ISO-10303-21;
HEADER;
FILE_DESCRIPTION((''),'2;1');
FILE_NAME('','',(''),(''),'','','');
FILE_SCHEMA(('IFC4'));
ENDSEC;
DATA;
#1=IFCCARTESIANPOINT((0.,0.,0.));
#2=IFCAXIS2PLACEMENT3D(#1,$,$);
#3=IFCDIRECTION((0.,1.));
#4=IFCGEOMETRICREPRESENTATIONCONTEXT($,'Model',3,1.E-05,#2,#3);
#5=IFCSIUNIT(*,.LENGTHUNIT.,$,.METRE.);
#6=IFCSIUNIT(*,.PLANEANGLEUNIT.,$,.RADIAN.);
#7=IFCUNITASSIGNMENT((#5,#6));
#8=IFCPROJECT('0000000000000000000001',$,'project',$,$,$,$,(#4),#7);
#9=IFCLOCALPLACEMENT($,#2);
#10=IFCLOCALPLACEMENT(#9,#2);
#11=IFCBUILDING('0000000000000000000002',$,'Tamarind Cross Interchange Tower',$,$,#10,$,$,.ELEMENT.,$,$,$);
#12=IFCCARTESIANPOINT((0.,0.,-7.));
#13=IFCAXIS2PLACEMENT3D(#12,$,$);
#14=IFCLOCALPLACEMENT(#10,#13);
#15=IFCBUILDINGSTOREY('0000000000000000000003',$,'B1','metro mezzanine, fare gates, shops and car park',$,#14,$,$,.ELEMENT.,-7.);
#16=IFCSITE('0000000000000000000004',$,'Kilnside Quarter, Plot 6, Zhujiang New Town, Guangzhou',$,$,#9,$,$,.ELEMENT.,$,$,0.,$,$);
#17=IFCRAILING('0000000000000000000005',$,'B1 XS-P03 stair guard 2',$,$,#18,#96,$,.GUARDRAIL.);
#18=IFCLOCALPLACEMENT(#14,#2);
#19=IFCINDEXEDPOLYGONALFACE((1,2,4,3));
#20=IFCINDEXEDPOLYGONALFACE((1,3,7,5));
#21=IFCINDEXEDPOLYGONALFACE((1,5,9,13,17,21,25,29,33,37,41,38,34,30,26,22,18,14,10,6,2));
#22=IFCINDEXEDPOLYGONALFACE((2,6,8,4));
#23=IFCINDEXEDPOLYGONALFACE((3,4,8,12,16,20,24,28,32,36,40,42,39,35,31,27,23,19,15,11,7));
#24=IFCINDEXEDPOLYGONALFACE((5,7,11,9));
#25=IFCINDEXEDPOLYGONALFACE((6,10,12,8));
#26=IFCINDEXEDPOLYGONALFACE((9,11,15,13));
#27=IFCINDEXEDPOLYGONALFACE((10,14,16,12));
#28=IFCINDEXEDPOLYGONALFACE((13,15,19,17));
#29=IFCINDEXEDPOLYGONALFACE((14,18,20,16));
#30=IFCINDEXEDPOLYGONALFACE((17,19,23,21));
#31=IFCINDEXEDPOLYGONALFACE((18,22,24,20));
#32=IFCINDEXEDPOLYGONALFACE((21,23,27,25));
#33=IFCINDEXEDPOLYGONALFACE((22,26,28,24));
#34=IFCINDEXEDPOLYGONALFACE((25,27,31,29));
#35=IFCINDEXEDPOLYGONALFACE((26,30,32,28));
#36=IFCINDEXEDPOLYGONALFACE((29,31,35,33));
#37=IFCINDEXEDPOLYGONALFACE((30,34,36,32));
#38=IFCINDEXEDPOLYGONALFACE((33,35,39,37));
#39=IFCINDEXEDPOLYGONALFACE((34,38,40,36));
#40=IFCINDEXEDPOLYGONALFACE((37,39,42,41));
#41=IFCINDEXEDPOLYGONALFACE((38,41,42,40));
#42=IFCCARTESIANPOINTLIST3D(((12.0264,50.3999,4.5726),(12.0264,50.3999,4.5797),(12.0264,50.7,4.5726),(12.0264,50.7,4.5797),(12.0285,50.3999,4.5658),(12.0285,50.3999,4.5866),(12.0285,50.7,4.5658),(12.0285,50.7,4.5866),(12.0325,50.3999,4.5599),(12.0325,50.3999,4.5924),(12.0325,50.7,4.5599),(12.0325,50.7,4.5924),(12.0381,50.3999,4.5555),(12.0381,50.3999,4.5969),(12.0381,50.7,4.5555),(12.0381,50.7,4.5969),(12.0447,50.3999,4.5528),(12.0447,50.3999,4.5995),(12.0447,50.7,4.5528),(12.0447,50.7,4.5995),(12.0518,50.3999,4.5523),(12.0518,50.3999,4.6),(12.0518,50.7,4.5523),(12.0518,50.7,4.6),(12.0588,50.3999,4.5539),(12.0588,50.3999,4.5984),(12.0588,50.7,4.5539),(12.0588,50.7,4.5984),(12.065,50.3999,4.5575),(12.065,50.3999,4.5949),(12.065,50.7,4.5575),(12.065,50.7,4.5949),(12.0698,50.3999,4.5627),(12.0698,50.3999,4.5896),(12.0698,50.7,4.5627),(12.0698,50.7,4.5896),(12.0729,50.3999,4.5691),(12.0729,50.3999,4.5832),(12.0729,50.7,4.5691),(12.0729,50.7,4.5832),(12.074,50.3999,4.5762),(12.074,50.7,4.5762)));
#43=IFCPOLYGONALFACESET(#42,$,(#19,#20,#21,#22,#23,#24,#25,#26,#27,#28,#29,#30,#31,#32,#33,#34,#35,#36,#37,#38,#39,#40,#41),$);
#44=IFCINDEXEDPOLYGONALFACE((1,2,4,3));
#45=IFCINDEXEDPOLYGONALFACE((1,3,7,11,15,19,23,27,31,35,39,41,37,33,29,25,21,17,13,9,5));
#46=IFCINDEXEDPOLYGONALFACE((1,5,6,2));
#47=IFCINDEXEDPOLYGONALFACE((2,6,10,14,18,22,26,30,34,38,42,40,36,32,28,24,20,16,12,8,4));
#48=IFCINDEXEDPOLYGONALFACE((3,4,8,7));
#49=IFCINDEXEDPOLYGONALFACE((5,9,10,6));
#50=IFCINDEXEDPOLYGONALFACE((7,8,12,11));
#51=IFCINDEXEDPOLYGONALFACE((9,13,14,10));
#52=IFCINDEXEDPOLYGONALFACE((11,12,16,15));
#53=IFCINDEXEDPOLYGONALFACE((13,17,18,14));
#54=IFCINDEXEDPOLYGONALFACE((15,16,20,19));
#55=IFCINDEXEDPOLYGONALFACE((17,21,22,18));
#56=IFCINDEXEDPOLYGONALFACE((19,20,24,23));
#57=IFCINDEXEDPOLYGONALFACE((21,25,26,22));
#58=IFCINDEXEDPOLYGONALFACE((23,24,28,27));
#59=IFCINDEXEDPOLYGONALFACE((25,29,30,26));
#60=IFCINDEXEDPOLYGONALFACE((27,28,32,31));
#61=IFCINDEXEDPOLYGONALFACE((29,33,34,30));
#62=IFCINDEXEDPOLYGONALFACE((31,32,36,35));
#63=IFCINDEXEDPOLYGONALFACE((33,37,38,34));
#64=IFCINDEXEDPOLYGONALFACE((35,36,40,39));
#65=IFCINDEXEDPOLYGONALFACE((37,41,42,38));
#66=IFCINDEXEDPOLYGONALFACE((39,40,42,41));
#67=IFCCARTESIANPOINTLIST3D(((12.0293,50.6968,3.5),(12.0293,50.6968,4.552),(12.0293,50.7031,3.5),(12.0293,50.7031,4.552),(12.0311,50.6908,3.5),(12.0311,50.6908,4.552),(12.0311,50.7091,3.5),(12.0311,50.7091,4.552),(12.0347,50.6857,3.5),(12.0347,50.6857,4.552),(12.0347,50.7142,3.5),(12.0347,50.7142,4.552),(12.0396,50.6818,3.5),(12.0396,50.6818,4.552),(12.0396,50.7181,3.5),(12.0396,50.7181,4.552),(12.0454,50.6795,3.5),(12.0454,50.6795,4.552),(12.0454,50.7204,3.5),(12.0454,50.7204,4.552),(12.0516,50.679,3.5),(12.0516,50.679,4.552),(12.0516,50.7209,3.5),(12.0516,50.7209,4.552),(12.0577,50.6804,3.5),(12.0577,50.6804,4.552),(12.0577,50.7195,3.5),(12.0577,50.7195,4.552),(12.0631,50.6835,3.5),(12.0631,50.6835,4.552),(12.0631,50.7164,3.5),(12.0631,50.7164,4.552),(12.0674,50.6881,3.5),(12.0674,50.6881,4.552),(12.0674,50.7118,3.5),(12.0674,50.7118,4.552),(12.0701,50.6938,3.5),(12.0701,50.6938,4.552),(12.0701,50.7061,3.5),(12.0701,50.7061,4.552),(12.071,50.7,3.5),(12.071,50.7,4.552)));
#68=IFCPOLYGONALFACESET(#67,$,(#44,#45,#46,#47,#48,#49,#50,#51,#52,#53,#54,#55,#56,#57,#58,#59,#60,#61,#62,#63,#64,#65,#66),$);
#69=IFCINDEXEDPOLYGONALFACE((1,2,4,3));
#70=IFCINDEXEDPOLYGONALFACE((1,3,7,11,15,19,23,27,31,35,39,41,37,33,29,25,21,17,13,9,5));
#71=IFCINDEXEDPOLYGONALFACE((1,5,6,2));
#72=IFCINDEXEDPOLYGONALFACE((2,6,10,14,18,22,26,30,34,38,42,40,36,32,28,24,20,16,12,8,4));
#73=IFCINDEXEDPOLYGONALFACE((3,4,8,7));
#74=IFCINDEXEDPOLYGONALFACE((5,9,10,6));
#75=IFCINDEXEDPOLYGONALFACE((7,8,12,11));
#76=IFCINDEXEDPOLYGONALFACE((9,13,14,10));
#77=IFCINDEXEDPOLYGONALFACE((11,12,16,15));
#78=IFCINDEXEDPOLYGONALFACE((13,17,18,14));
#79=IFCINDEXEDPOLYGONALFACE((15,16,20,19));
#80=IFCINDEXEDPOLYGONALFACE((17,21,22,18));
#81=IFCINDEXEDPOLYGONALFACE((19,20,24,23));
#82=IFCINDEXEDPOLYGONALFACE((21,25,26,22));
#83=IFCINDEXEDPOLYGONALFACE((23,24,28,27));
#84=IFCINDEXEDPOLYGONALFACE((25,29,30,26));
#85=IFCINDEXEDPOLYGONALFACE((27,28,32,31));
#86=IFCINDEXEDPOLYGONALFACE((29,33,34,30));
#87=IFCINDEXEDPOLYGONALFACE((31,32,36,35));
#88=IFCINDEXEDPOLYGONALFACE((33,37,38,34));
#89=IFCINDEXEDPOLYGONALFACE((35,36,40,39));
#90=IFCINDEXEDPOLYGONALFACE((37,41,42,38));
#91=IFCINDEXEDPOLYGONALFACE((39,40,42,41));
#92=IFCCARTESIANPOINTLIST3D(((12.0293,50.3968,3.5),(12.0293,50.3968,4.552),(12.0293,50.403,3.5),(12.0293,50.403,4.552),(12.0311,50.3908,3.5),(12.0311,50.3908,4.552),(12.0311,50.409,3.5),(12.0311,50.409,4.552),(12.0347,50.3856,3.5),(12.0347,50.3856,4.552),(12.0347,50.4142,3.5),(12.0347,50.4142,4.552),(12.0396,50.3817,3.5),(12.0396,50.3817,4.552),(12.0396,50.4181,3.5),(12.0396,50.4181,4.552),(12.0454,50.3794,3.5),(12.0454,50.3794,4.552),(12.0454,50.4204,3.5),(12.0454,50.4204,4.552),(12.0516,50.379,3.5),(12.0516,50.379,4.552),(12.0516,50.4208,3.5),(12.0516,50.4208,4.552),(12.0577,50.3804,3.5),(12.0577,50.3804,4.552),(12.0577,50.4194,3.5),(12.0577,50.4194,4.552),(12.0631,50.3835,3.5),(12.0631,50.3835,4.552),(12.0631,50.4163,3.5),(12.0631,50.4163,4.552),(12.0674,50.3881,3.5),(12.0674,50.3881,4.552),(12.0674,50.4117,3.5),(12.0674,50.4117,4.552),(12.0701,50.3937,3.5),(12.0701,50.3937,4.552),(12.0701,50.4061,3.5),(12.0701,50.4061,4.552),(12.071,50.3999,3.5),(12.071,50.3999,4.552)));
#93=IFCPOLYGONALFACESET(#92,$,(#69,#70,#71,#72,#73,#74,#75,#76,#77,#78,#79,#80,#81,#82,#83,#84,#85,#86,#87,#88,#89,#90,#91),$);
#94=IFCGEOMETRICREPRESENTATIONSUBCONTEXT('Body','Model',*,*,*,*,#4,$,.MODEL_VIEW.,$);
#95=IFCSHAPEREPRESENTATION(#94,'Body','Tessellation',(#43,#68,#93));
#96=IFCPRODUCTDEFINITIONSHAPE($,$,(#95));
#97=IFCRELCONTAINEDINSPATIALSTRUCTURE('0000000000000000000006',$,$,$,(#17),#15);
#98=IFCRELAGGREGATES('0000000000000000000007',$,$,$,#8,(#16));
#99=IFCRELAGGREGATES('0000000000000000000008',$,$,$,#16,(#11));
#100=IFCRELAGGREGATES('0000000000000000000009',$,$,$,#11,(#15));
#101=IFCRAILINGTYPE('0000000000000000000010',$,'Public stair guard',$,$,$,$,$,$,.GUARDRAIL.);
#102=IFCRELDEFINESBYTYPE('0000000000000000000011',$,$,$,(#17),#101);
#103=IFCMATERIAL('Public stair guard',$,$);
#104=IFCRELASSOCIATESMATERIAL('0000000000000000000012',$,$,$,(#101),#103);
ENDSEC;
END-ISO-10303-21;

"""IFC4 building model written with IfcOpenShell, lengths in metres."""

from ifc_helpers import new_model, si_unit, direction, frame, origin, origin_2d, place, context, subcontext, project, spatial, circle, extrude, material, type_object, element, save


model = new_model("IFC4")

# Units and contexts
model_context = context("Model", 3, precision=1e-05, world=origin(), true_north=direction((0.0, 1.0)))
body_context = subcontext(model_context, "Body", "Model", "MODEL_VIEW")
ifc_project = project(units=[si_unit("LENGTHUNIT", "METRE"), si_unit("PLANEANGLEUNIT", "RADIAN")], contexts=[model_context])

# Site, building, storey
site_placement = place(None, origin())
site = spatial("IfcSite", under=ifc_project, at=site_placement, Name="Kilnside Quarter, Plot 6, Zhujiang New Town, Guangzhou", CompositionType="ELEMENT", RefElevation=0.0)
building_placement = place(site_placement, origin())
building = spatial("IfcBuilding", under=site, at=building_placement, Name="Tamarind Cross Interchange Tower", CompositionType="ELEMENT")
storey_placement = place(building_placement, frame((0.0, 0.0, -7.0)))
storey = spatial("IfcBuildingStorey", under=building, at=storey_placement, Name="B1", Description="metro mezzanine, fare gates, shops and car park", CompositionType="ELEMENT", Elevation=-7.0)

# Railing
ifc_material_1 = material(Name="Public stair guard")
railing_type_1 = type_object("IfcRailingType", Name="Public stair guard", PredefinedType="GUARDRAIL", material=ifc_material_1)
railing_1_placement = place(storey_placement, frame((12.05, 50.7, 3.5)))
element("IfcRailing", 1, at=railing_1_placement, inside=storey, type_object=railing_type_1, Name="B1 XS-P03 stair guard 2", PredefinedType="GUARDRAIL", context=body_context, shape_type="SweptSolid", body=[
    extrude(circle(Radius=0.0239, at=origin_2d()), frame((0.0, 0.0, 1.0762), z_axis=(0.0, -1.0, 0.0), x_axis=(1.0, 0.0, 0.0)), (0.0, 0.0, 1.0), 0.3),
    extrude(circle(Radius=0.021, at=origin_2d()), origin(), (0.0, 0.0, 1.0), 1.052),
    extrude(circle(Radius=0.021, at=origin_2d()), frame((0.0, -0.3, 0.0)), (0.0, 0.0, 1.0), 1.052),
])

save(model, "model.ifc")
